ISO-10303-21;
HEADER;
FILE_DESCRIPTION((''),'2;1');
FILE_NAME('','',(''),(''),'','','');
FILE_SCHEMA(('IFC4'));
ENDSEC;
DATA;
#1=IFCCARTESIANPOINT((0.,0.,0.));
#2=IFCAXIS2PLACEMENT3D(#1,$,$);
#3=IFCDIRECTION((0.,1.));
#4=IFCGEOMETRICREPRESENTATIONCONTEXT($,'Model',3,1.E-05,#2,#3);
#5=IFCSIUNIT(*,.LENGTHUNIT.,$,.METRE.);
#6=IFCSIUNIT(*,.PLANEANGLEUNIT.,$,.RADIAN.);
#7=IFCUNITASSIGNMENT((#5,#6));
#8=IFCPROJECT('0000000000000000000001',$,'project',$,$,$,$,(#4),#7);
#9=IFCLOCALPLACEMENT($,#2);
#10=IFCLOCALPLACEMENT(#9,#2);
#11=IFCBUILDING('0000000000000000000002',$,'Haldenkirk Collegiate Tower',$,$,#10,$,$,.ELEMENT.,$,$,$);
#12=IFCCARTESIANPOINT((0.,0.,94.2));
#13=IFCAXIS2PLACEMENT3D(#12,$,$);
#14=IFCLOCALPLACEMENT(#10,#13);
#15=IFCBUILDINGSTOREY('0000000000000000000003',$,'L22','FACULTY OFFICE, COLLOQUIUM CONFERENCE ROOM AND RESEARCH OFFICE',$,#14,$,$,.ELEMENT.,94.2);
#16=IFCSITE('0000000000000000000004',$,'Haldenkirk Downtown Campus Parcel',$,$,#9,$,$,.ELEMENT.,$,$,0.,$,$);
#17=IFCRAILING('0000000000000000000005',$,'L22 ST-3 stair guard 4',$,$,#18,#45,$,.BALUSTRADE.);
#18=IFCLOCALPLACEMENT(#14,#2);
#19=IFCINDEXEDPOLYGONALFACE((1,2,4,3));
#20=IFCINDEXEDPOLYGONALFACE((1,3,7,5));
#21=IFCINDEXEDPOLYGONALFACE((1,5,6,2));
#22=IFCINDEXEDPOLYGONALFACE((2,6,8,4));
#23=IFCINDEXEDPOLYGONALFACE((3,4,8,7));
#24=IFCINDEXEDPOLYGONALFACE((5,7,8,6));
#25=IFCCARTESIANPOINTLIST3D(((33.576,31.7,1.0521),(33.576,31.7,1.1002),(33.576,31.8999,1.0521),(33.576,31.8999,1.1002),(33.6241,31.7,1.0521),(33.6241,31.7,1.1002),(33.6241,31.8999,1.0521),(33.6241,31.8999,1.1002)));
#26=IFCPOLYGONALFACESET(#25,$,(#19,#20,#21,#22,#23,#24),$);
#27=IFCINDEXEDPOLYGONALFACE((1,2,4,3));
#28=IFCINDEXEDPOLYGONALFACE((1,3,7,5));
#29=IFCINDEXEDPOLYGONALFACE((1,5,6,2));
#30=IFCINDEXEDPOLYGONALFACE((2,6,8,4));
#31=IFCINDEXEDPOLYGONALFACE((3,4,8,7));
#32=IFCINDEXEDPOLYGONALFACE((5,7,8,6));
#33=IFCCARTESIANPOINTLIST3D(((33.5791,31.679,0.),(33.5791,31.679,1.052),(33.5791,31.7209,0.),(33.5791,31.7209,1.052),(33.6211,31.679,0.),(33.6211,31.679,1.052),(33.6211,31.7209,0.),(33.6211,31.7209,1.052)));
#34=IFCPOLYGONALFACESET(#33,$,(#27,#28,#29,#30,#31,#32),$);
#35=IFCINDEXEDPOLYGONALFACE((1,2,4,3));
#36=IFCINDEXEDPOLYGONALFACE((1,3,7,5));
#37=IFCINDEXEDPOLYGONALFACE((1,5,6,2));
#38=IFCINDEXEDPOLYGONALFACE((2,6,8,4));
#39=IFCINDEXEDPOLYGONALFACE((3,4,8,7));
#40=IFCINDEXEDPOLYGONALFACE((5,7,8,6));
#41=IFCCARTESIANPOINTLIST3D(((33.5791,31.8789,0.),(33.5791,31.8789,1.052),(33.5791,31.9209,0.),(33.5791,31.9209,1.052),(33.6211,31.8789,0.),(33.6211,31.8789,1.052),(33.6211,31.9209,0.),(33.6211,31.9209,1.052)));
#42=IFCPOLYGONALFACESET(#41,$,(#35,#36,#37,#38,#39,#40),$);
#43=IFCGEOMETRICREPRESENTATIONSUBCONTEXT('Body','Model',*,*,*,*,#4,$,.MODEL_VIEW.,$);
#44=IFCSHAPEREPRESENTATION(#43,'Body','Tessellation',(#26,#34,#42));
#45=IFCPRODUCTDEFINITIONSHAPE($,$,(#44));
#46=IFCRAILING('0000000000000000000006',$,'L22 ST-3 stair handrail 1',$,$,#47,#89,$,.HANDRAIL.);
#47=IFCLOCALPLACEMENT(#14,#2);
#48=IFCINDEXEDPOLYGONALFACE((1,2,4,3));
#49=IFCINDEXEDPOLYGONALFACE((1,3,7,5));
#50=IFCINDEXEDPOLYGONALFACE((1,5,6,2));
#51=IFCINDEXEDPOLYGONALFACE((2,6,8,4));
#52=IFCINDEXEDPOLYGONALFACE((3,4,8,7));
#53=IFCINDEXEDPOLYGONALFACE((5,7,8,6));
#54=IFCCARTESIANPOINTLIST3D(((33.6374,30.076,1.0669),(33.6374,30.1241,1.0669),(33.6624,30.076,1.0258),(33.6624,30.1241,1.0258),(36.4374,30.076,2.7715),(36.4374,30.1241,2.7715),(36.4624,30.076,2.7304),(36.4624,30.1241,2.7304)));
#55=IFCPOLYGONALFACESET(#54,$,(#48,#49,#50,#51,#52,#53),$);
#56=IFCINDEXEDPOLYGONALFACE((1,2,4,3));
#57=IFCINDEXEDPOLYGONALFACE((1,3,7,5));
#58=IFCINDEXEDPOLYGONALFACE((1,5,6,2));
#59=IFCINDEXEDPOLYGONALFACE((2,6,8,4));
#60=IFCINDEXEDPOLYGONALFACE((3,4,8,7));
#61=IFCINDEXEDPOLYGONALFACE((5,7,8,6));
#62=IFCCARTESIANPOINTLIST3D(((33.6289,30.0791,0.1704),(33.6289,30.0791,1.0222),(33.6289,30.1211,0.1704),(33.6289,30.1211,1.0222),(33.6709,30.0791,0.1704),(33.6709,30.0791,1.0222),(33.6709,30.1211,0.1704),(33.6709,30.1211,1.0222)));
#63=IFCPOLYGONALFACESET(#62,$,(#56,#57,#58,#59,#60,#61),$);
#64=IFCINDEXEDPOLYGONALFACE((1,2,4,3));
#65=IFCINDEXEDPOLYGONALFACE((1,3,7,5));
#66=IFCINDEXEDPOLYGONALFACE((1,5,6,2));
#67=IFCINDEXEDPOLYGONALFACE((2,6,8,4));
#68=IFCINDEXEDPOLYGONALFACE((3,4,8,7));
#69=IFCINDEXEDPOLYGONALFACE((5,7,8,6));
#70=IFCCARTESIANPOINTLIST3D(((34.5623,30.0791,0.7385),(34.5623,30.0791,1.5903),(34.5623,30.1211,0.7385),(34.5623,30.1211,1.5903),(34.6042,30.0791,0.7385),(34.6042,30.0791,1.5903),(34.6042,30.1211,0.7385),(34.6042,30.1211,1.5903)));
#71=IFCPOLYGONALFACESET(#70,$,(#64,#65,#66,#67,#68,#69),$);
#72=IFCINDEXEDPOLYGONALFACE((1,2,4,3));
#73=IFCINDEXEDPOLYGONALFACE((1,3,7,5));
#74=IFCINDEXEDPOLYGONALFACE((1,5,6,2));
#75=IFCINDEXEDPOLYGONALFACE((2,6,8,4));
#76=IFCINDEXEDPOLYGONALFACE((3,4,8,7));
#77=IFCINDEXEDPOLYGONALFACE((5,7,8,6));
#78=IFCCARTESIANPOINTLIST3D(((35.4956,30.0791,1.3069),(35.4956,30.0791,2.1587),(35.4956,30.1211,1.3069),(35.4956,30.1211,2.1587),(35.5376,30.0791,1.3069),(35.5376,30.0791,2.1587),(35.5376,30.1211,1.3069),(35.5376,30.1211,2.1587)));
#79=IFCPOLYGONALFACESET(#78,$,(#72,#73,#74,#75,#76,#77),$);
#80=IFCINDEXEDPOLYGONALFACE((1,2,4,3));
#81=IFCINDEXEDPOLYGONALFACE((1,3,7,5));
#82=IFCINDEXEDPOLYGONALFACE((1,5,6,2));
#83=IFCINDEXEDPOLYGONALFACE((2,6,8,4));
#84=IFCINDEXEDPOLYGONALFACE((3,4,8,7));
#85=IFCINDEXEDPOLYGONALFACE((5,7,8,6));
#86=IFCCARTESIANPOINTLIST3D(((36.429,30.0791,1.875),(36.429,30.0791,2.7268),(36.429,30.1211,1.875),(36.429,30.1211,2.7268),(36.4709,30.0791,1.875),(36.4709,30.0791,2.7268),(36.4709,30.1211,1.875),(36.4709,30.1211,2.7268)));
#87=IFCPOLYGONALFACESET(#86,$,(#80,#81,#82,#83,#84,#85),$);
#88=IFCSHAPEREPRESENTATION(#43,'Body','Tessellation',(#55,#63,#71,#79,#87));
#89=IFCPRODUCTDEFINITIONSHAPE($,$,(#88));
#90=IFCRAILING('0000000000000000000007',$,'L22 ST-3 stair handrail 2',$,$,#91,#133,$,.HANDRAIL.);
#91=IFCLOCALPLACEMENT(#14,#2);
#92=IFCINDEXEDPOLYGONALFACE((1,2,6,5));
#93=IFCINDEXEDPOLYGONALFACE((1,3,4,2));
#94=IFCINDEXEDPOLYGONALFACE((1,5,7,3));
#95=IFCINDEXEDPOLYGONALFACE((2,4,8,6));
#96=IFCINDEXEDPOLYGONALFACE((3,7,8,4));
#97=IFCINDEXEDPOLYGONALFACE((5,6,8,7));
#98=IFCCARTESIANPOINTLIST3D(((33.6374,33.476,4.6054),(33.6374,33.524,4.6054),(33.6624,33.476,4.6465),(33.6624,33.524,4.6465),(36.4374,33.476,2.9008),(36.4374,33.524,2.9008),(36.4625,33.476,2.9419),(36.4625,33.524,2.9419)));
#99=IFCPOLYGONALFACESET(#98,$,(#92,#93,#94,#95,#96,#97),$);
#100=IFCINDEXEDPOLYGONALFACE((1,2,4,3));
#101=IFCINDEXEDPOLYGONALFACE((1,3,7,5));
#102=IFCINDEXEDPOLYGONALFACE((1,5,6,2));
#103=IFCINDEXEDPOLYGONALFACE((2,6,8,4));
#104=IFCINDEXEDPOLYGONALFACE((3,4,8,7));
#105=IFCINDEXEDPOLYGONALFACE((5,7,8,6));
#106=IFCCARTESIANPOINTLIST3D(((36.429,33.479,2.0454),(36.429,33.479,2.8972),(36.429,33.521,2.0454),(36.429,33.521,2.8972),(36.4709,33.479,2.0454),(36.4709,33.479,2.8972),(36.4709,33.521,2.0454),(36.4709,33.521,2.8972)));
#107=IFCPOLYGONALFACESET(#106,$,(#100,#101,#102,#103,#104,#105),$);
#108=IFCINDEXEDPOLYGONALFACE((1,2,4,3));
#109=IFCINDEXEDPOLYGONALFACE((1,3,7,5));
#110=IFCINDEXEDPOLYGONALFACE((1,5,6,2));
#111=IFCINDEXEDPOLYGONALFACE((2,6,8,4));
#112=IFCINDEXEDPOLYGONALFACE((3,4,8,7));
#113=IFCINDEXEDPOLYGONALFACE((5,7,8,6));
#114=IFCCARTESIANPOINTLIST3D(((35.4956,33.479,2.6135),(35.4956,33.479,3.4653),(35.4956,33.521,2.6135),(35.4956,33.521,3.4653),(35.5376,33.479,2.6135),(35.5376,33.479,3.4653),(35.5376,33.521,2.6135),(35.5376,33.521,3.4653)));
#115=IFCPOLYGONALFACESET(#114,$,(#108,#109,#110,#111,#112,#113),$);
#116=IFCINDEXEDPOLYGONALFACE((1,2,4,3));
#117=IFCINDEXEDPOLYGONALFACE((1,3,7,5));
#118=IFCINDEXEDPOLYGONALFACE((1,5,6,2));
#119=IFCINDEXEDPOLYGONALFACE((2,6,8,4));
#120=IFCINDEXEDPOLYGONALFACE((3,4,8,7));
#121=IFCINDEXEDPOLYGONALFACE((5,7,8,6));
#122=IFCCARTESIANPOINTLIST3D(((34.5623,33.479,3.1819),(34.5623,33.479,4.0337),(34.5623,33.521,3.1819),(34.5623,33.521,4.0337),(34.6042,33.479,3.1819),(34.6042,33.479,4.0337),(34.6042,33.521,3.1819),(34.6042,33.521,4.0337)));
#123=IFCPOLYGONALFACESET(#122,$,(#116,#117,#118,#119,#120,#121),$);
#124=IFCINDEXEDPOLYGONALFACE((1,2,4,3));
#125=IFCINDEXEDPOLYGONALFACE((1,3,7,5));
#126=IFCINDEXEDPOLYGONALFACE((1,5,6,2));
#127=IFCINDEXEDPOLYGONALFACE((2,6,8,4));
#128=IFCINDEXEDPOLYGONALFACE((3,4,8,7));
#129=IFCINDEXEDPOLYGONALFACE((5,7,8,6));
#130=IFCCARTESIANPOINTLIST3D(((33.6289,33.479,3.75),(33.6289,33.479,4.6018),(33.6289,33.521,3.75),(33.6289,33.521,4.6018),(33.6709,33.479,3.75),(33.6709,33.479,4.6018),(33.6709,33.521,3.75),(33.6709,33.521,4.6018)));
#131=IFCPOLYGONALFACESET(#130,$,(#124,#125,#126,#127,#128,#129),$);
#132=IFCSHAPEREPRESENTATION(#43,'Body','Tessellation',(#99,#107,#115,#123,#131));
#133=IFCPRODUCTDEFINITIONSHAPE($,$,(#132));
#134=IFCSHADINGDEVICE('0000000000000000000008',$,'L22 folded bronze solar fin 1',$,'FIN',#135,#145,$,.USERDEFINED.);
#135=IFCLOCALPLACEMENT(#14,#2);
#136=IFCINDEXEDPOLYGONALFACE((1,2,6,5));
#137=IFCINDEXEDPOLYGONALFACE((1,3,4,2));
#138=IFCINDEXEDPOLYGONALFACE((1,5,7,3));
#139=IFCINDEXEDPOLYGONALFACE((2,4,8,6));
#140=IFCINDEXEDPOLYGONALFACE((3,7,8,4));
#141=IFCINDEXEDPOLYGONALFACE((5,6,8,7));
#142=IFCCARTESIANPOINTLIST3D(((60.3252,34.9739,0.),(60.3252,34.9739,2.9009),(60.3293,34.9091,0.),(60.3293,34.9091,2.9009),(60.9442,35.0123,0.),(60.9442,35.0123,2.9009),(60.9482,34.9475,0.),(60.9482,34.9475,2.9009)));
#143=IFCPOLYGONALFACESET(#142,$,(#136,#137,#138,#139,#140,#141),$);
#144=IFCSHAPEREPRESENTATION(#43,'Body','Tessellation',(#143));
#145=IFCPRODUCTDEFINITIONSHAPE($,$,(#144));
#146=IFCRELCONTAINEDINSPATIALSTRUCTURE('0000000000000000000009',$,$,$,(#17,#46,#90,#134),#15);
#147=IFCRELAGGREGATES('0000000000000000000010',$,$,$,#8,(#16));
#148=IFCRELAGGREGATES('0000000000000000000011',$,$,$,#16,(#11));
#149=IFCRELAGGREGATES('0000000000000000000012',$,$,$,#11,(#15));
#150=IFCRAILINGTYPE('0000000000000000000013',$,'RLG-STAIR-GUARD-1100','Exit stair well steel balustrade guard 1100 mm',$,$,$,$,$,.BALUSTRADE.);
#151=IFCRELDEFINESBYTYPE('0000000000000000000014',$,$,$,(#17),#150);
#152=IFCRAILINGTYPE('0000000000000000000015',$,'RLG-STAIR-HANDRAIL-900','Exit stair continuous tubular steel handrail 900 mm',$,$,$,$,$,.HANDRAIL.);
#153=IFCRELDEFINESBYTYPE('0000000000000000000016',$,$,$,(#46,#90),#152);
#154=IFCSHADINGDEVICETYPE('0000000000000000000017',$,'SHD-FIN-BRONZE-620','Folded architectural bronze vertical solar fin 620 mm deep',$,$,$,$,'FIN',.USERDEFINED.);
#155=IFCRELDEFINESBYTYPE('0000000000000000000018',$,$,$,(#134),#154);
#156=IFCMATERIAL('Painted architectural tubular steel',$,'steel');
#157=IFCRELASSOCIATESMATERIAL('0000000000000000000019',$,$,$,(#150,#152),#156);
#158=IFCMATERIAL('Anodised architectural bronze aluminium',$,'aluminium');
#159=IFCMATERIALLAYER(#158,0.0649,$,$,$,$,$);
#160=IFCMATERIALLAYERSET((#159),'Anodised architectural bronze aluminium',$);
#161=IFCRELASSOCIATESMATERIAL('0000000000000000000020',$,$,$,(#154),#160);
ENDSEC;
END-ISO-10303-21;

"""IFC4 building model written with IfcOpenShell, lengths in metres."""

from ifc_helpers import new_model, si_unit, direction, frame, origin, origin_2d, place, context, subcontext, project, spatial, rectangle, extrude, source, transform, mapped, material, layer, layer_set, type_object, element, save


model = new_model("IFC4")

# Units and contexts
model_context = context("Model", 3, precision=1e-05, world=origin(), true_north=direction((0.0, 1.0)))
body_context = subcontext(model_context, "Body", "Model", "MODEL_VIEW")
ifc_project = project(units=[si_unit("LENGTHUNIT", "METRE"), si_unit("PLANEANGLEUNIT", "RADIAN")], contexts=[model_context])

# Site, building, storey
site_placement = place(None, origin())
site = spatial("IfcSite", under=ifc_project, at=site_placement, Name="Haldenkirk Downtown Campus Parcel", CompositionType="ELEMENT", RefElevation=0.0)
building_placement = place(site_placement, origin())
building = spatial("IfcBuilding", under=site, at=building_placement, Name="Haldenkirk Collegiate Tower", CompositionType="ELEMENT")
storey_placement = place(building_placement, frame((0.0, 0.0, 94.2)))
storey = spatial("IfcBuildingStorey", under=building, at=storey_placement, Name="L22", Description="FACULTY OFFICE, COLLOQUIUM CONFERENCE ROOM AND RESEARCH OFFICE", CompositionType="ELEMENT", Elevation=94.2)

# Shared definitions
ifc_material_1 = material(Name="Anodised architectural bronze aluminium", Category="aluminium")

# Railings
ifc_material_2 = material(Name="Painted architectural tubular steel", Category="steel")
railing_type_1 = type_object("IfcRailingType", Name="RLG-STAIR-GUARD-1100", Description="Exit stair well steel balustrade guard 1100 mm", PredefinedType="BALUSTRADE", material=ifc_material_2)
railing_1_placement = place(storey_placement, frame((33.6001, 31.7, 0.0)))
element("IfcRailing", 1, at=railing_1_placement, inside=storey, type_object=railing_type_1, Name="L22 ST-3 stair guard 4", PredefinedType="BALUSTRADE", context=body_context, shape_type="SweptSolid", body=[
    extrude(rectangle(XDim=0.0481, YDim=0.0481, at=origin_2d()), frame((0.0, 0.0, 1.0762), z_axis=(0.0, 1.0, 0.0), x_axis=(-1.0, 0.0, 0.0)), (0.0, 0.0, 1.0), 0.2),
    extrude(rectangle(XDim=0.042, YDim=0.042, at=origin_2d()), origin(), (0.0, 0.0, 1.0), 1.052),
    extrude(rectangle(XDim=0.042, YDim=0.042, at=origin_2d()), frame((0.0, 0.2, 0.0)), (0.0, 0.0, 1.0), 1.052),
])
railing_type_2 = type_object("IfcRailingType", Name="RLG-STAIR-HANDRAIL-900", Description="Exit stair continuous tubular steel handrail 900 mm", PredefinedType="HANDRAIL", material=ifc_material_2)
railing_2_placement = place(storey_placement, frame((33.6499, 30.1001, 0.1704)))
element("IfcRailing", 2, at=railing_2_placement, inside=storey, type_object=railing_type_2, Name="L22 ST-3 stair handrail 1", PredefinedType="HANDRAIL", context=body_context, shape_type="SweptSolid", body=[
    extrude(rectangle(XDim=0.0481, YDim=0.0481, at=origin_2d()), frame((0.0, 0.0, 0.876), z_axis=(0.85417, 0.0, 0.519994), x_axis=(0.0, 1.0, 0.0)), (0.0, 0.0, 1.0), 3.2781),
    extrude(rectangle(XDim=0.042, YDim=0.042, at=origin_2d()), origin(), (0.0, 0.0, 1.0), 0.8518),
    extrude(rectangle(XDim=0.042, YDim=0.042, at=origin_2d()), frame((0.9333, 0.0, 0.5681)), (0.0, 0.0, 1.0), 0.8518),
    extrude(rectangle(XDim=0.042, YDim=0.042, at=origin_2d()), frame((1.8667, 0.0, 1.1365)), (0.0, 0.0, 1.0), 0.8518),
    extrude(rectangle(XDim=0.042, YDim=0.042, at=origin_2d()), frame((2.8, 0.0, 1.7046)), (0.0, 0.0, 1.0), 0.8518),
])
railing_3_placement = place(storey_placement, frame((36.45, 33.5, 2.0454)))
element("IfcRailing", 3, at=railing_3_placement, inside=storey, type_object=railing_type_2, Name="L22 ST-3 stair handrail 2", PredefinedType="HANDRAIL", context=body_context, shape_type="SweptSolid", body=[
    extrude(rectangle(XDim=0.0481, YDim=0.0481, at=origin_2d()), frame((0.0, 0.0, 0.876), z_axis=(-0.85417, 0.0, 0.519994), x_axis=(0.0, -1.0, 0.0)), (0.0, 0.0, 1.0), 3.2781),
    extrude(rectangle(XDim=0.042, YDim=0.042, at=origin_2d()), origin(), (0.0, 0.0, 1.0), 0.8518),
    extrude(rectangle(XDim=0.042, YDim=0.042, at=origin_2d()), frame((-0.9333, 0.0, 0.5681)), (0.0, 0.0, 1.0), 0.8518),
    extrude(rectangle(XDim=0.042, YDim=0.042, at=origin_2d()), frame((-1.8667, 0.0, 1.1365)), (0.0, 0.0, 1.0), 0.8518),
    extrude(rectangle(XDim=0.042, YDim=0.042, at=origin_2d()), frame((-2.8, 0.0, 1.7046)), (0.0, 0.0, 1.0), 0.8518),
])

# Shading device
ifc_layer_1 = layer(ifc_material_1, 0.0649)
ifc_layer_set_1 = layer_set([ifc_layer_1], Name="Anodised architectural bronze aluminium")
shading_device_type = type_object("IfcShadingDeviceType", Name="SHD-FIN-BRONZE-620", Description="Folded architectural bronze vertical solar fin 620 mm deep", ElementType="FIN", PredefinedType="USERDEFINED", material=ifc_layer_set_1)
shared_shape_1 = source(origin(), body_context, "Body", "SweptSolid", [
    extrude(rectangle(XDim=0.6201, YDim=0.0649, at=origin_2d()), origin(), (0.0, 0.0, 1.0), 2.9009),
])
shading_device_placement = place(storey_placement, frame((60.6367, 34.9607, 0.0), z_axis=(0.0, 0.0, 1.0), x_axis=(0.998081, 0.06192, 0.0)))
element("IfcShadingDevice", 4, at=shading_device_placement, inside=storey, type_object=shading_device_type, Name="L22 folded bronze solar fin 1", ObjectType="FIN", PredefinedType="USERDEFINED", context=body_context, shape_type="MappedRepresentation", body=[
    mapped(shared_shape_1, transform((0.0, 0.0, 0.0), x_axis=(1.0, 0.0, 0.0), y_axis=(0.0, 1.0, 0.0), z_axis=(0.0, 0.0, 1.0), scale=1.0)),
])

save(model, "model.ifc")
